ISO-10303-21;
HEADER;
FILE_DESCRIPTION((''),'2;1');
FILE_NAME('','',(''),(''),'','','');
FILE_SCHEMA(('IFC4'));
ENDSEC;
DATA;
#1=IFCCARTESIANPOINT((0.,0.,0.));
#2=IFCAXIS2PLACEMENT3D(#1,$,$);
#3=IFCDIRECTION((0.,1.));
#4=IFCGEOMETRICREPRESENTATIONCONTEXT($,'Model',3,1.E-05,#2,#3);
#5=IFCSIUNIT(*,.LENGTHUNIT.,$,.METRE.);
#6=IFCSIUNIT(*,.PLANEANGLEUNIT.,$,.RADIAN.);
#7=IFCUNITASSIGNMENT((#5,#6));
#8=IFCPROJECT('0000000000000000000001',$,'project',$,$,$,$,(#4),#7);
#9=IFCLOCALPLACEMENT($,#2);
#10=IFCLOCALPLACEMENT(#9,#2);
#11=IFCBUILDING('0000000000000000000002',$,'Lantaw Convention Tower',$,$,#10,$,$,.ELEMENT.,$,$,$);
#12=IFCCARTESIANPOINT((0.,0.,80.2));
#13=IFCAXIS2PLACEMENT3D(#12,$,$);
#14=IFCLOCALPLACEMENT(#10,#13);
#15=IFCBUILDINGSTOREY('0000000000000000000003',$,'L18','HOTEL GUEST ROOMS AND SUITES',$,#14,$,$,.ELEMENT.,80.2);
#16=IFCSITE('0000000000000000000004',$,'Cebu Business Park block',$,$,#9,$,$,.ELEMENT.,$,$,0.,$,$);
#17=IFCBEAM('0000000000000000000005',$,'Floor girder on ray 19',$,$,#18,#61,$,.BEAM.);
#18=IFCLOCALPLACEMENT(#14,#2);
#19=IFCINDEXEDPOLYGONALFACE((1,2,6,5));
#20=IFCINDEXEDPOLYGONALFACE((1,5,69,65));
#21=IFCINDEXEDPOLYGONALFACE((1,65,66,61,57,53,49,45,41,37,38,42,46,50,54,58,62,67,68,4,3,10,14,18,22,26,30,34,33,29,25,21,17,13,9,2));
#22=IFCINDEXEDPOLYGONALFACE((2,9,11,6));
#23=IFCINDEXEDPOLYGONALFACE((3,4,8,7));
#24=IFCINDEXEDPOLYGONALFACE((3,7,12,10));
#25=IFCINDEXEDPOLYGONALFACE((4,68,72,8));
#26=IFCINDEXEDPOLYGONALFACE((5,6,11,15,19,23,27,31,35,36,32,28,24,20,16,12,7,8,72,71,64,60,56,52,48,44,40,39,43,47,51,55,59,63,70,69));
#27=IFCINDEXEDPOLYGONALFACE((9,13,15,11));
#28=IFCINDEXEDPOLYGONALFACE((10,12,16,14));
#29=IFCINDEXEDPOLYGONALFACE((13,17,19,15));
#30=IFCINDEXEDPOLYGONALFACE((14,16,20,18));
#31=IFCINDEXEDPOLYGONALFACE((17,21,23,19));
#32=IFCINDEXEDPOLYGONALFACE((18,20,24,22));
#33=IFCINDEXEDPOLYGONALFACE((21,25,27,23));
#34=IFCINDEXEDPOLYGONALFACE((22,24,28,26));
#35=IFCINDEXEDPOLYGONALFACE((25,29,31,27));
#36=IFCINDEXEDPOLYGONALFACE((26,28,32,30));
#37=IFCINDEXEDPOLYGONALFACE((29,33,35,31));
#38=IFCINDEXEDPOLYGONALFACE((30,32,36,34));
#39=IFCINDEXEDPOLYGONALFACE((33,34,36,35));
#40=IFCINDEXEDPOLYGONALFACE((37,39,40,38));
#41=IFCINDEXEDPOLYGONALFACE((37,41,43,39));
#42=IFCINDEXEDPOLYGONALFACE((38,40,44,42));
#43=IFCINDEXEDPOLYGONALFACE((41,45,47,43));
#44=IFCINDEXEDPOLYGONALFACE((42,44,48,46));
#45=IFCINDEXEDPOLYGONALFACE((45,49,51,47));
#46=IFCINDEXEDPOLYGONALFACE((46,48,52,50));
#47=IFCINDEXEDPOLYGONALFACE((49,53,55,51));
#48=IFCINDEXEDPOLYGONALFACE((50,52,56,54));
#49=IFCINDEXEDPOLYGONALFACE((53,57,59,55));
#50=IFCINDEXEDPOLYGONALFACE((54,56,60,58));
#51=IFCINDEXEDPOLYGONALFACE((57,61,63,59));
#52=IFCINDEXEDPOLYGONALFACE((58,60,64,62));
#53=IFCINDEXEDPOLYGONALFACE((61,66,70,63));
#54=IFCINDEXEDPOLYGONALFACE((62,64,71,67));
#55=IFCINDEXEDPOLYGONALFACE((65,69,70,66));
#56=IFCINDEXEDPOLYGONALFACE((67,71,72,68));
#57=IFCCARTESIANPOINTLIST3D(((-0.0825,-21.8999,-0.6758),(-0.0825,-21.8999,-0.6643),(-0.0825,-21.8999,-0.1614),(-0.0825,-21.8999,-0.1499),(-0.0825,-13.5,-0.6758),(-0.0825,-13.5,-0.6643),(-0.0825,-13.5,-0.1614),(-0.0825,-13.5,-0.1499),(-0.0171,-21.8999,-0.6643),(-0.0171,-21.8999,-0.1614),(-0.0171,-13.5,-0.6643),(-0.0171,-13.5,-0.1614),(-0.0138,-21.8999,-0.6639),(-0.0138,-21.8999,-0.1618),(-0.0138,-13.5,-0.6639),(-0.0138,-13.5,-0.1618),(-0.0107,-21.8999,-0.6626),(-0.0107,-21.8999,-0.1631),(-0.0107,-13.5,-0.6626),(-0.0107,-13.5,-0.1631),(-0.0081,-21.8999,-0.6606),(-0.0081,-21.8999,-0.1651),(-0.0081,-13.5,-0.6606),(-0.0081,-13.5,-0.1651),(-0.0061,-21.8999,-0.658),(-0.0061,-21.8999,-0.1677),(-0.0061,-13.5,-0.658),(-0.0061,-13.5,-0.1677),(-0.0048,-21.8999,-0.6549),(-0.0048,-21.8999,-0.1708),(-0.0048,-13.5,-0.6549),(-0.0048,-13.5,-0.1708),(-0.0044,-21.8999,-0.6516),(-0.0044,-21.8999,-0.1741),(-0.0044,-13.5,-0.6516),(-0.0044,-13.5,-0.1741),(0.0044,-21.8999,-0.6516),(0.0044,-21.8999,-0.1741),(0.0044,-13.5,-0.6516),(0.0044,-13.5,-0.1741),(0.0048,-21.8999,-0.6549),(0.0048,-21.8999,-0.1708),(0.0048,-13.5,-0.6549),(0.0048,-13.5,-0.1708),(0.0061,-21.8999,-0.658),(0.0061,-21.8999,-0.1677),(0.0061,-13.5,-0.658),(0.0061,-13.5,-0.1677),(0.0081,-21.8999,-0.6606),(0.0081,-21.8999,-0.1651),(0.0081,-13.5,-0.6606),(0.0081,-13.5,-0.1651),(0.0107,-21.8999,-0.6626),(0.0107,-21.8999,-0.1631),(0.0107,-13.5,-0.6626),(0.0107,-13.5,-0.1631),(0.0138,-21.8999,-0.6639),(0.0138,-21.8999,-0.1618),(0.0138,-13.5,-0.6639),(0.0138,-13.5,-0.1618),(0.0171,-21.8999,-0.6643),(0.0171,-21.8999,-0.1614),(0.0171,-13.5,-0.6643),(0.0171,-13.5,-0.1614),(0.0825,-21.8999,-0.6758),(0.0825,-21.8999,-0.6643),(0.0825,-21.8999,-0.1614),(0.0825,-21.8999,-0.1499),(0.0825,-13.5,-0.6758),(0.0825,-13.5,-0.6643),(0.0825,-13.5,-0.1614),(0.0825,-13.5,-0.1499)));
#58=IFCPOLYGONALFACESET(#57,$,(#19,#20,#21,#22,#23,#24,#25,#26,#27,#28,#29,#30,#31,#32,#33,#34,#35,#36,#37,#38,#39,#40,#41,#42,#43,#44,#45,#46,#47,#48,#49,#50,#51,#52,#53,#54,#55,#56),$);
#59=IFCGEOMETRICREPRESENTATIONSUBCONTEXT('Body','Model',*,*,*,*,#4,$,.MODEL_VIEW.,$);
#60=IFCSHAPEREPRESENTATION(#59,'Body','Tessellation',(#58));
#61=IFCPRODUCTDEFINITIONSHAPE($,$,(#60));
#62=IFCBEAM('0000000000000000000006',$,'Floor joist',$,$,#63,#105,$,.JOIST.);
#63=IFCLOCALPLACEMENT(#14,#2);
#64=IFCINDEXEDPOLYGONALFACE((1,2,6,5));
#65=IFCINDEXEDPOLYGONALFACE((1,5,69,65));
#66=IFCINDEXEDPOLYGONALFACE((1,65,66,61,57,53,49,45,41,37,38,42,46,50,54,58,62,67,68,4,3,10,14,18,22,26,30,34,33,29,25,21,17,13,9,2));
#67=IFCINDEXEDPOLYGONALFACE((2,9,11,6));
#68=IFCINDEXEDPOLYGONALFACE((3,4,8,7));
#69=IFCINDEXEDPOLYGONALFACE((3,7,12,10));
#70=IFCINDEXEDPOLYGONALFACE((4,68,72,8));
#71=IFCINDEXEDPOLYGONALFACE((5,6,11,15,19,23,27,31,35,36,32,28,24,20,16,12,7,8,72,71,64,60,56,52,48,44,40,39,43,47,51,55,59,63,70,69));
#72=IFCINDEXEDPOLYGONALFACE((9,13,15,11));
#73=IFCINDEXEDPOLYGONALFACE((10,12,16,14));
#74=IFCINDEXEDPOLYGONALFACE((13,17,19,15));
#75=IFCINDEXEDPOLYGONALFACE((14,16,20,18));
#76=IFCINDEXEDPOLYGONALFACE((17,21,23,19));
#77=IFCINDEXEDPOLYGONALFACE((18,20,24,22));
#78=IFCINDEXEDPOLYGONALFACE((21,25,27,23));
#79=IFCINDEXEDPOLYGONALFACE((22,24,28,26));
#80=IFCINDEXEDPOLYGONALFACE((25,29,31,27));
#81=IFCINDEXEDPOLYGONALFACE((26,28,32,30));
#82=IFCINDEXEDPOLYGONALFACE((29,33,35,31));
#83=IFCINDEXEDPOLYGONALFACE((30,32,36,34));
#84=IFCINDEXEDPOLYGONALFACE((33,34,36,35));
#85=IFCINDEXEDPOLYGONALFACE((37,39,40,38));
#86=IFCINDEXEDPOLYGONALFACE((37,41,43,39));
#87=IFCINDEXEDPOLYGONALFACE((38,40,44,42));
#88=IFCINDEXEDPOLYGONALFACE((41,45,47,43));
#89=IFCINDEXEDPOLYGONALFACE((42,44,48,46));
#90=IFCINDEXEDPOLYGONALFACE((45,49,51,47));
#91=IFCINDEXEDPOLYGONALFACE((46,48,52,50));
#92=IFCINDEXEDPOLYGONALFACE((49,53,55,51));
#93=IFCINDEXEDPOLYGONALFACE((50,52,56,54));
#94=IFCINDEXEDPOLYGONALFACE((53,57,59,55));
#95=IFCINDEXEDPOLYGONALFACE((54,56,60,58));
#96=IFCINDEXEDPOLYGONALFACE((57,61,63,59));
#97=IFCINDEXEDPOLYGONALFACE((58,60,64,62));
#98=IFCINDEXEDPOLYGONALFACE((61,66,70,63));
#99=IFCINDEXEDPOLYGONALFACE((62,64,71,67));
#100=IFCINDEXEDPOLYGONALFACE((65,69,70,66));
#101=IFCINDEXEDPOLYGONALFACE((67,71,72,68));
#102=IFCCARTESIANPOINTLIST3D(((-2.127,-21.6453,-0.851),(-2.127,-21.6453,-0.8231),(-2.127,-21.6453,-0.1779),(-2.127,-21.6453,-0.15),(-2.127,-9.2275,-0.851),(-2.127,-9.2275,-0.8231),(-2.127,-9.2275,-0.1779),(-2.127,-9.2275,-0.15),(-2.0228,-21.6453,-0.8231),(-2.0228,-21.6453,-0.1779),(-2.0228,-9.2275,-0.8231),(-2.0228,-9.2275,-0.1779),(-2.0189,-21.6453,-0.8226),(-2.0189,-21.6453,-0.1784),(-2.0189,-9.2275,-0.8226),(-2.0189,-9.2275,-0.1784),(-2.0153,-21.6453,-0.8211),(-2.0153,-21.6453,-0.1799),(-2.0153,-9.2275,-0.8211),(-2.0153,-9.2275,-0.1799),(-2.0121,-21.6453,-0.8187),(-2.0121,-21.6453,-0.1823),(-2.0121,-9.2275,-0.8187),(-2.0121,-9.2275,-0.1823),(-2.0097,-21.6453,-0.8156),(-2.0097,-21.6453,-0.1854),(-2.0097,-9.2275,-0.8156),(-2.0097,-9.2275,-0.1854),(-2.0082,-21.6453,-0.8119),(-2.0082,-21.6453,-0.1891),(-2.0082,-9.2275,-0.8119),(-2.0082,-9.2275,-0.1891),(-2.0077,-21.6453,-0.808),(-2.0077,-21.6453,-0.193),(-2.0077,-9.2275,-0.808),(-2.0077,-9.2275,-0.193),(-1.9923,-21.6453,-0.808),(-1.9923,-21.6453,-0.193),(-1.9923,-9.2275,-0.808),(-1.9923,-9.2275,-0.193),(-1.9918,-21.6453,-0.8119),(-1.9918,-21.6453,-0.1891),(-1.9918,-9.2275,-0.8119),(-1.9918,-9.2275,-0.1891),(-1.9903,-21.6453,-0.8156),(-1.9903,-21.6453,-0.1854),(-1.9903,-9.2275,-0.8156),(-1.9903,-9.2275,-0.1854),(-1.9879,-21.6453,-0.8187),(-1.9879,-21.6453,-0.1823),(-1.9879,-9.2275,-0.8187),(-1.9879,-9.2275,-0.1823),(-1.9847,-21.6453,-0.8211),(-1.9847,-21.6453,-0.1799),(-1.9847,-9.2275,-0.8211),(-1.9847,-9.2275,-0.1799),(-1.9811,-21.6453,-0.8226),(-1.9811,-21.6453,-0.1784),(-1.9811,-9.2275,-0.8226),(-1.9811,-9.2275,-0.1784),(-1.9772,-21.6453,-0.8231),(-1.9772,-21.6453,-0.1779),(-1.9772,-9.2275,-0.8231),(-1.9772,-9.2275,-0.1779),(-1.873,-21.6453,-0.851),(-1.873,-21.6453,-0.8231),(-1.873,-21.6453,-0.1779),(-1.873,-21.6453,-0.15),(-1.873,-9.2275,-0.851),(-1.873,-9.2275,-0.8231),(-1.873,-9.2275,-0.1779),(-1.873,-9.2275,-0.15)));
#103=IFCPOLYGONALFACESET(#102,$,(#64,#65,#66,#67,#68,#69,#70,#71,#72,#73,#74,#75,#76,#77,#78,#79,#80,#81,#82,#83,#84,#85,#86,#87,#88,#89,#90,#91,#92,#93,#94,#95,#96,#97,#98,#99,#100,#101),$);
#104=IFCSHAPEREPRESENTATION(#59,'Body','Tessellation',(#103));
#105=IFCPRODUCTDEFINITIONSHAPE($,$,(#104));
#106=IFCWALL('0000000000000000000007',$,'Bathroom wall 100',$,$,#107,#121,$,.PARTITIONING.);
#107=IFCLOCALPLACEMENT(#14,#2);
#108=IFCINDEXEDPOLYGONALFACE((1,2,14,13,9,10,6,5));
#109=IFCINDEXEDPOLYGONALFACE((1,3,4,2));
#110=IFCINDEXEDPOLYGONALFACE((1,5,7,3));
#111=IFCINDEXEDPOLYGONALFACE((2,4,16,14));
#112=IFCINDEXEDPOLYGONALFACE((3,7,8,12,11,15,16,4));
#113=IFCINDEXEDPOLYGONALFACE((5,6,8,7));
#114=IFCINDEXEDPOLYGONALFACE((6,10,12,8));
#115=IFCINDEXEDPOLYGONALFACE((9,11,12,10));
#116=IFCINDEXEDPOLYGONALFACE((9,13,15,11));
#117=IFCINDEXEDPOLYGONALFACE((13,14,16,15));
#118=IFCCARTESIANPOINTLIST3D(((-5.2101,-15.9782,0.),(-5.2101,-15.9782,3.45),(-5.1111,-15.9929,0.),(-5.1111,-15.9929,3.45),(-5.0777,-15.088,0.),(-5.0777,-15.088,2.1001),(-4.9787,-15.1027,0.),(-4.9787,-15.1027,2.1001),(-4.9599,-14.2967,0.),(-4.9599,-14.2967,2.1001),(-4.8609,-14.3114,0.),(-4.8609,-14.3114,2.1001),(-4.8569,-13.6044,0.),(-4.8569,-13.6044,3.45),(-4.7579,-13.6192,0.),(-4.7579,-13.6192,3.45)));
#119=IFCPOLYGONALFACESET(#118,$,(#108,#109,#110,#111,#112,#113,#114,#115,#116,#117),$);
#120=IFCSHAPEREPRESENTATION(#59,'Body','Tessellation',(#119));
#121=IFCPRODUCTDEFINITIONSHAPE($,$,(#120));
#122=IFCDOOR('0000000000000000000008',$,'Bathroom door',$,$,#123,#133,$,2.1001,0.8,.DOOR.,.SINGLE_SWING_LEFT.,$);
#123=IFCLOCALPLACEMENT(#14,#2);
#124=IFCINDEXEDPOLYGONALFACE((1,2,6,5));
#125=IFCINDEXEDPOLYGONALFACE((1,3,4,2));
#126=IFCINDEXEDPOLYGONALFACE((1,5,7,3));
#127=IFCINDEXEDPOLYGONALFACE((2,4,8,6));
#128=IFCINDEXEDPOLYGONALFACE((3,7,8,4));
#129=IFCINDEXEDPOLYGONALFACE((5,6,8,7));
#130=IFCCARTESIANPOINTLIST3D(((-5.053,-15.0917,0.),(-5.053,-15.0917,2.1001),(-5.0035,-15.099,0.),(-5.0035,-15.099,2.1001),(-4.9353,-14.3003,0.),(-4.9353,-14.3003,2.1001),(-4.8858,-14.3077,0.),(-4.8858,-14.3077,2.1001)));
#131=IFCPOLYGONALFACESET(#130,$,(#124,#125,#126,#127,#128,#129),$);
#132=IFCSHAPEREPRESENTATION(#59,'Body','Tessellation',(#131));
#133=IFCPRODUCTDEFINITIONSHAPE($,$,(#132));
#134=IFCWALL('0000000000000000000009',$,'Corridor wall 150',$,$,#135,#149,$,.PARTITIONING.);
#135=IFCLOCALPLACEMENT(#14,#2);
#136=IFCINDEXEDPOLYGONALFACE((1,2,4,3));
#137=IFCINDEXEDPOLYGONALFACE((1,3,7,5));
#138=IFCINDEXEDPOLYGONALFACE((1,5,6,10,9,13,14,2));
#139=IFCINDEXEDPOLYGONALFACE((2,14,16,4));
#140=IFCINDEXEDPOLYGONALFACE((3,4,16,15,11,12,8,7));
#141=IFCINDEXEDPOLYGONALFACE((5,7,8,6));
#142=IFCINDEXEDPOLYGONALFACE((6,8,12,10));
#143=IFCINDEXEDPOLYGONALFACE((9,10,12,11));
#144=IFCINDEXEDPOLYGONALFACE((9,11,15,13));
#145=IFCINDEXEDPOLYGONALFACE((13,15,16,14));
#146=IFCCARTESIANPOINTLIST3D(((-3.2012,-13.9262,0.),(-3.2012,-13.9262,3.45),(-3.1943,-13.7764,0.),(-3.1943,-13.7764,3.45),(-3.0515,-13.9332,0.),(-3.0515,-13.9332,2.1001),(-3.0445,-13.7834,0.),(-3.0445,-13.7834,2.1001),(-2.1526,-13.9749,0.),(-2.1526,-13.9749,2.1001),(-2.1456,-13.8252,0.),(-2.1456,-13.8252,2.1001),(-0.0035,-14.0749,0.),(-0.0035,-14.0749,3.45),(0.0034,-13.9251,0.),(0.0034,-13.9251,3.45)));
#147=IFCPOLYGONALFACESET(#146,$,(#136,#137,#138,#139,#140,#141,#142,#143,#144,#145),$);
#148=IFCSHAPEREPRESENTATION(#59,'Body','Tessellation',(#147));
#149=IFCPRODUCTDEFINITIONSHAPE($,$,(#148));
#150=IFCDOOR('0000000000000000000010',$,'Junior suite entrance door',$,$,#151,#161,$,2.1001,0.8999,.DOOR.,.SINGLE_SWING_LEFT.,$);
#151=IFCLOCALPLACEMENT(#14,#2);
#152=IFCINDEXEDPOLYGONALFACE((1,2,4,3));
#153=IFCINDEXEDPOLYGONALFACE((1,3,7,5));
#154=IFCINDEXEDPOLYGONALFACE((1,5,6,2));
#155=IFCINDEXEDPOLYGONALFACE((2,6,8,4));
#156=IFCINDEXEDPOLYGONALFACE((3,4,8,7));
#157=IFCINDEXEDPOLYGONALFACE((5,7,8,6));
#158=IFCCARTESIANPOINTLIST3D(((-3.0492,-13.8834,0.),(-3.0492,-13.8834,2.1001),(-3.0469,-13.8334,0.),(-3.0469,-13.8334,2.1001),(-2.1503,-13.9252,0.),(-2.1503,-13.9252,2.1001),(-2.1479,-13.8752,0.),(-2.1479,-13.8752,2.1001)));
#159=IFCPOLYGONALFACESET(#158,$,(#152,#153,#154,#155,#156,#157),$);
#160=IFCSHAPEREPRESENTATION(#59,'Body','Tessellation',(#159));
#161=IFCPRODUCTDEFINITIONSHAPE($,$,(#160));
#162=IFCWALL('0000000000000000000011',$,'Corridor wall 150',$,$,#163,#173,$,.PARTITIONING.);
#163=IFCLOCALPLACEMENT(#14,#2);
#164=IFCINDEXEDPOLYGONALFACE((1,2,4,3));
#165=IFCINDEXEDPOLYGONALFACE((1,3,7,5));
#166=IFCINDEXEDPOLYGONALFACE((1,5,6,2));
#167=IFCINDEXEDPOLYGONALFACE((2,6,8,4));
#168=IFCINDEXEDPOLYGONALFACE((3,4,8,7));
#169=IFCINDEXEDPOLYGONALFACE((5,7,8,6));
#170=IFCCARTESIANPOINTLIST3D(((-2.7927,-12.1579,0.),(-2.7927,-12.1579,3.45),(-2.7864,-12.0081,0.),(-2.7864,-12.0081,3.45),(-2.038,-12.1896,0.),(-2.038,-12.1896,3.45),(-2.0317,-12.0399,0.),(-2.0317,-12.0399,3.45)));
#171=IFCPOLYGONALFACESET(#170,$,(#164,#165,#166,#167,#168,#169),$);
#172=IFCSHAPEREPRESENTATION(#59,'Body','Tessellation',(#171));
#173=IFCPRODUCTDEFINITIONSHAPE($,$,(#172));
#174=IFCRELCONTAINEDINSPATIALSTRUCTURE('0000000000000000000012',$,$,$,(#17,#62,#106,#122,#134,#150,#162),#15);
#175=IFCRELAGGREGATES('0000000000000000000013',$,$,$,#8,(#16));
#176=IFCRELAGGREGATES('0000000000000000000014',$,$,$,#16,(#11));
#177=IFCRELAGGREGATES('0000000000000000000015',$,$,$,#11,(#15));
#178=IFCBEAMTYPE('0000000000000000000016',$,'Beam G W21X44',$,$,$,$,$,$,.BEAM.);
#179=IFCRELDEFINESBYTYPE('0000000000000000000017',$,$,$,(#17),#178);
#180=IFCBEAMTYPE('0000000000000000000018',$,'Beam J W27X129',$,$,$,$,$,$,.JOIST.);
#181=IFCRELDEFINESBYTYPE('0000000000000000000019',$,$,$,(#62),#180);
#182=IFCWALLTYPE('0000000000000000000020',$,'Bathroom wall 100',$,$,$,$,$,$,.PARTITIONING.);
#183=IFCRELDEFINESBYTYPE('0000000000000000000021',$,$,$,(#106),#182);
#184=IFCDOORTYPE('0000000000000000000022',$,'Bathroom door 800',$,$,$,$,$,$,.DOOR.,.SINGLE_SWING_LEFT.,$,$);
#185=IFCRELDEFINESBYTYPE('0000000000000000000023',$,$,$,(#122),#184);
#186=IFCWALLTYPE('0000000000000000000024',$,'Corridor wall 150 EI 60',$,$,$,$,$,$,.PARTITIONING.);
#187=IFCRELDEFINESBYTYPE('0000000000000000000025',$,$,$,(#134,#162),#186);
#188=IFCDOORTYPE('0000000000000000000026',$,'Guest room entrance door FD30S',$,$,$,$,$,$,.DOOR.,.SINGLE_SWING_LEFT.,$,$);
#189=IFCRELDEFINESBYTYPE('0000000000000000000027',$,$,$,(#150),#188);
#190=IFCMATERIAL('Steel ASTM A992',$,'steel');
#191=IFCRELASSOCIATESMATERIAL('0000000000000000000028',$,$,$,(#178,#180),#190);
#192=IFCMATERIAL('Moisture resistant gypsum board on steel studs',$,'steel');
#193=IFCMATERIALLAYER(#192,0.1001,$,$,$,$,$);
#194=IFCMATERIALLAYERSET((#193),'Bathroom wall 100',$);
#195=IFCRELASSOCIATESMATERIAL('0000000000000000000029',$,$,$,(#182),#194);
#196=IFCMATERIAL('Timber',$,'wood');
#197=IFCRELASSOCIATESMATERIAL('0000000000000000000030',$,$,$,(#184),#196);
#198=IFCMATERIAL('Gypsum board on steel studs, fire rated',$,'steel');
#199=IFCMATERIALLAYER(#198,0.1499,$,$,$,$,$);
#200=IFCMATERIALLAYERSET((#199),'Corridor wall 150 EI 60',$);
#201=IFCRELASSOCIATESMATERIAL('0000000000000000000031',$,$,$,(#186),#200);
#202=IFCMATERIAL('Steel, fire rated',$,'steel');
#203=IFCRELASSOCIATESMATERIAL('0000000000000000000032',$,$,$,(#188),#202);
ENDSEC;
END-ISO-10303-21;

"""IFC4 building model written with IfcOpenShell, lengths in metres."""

from ifc_helpers import new_model, si_unit, direction, frame, frame_2d, origin, origin_2d, place, context, subcontext, project, spatial, rectangle, i_section, extrude, material, layer, layer_set, material_profile, profile_set, type_object, element, fill, save


model = new_model("IFC4")

# Units and contexts
model_context = context("Model", 3, precision=1e-05, world=origin(), true_north=direction((0.0, 1.0)))
body_context = subcontext(model_context, "Body", "Model", "MODEL_VIEW")
ifc_project = project(units=[si_unit("LENGTHUNIT", "METRE"), si_unit("PLANEANGLEUNIT", "RADIAN")], contexts=[model_context])

# Site, building, storey
site_placement = place(None, origin())
site = spatial("IfcSite", under=ifc_project, at=site_placement, Name="Cebu Business Park block", CompositionType="ELEMENT", RefElevation=0.0)
building_placement = place(site_placement, origin())
building = spatial("IfcBuilding", under=site, at=building_placement, Name="Lantaw Convention Tower", CompositionType="ELEMENT")
storey_placement = place(building_placement, frame((0.0, 0.0, 80.2)))
storey = spatial("IfcBuildingStorey", under=building, at=storey_placement, Name="L18", Description="HOTEL GUEST ROOMS AND SUITES", CompositionType="ELEMENT", Elevation=80.2)

# Beams
ifc_material_1 = material(Name="Steel ASTM A992", Category="steel")
ifc_material_profile_1 = material_profile(ifc_material_1, i_section(OverallWidth=0.165, OverallDepth=0.5259, WebThickness=0.0088, FlangeThickness=0.0115, FilletRadius=0.0127, at=origin_2d()), Name="W21X44")
ifc_profile_set_1 = profile_set([ifc_material_profile_1], Name="Steel ASTM A992")
beam_type_1 = type_object("IfcBeamType", Name="Beam G W21X44", PredefinedType="BEAM", material=ifc_profile_set_1)
beam_1_placement = place(storey_placement, frame((0.0, -13.5, -0.4128), z_axis=(0.0, -1.0, 0.0), x_axis=(1.0, 0.0, 0.0)))
element("IfcBeam", 1, at=beam_1_placement, inside=storey, type_object=beam_type_1, Name="Floor girder on ray 19", PredefinedType="BEAM", context=body_context, shape_type="SweptSolid", body=[
    extrude(i_section(OverallWidth=0.165, OverallDepth=0.5259, WebThickness=0.0088, FlangeThickness=0.0115, FilletRadius=0.0127, at=origin_2d()), origin(), (0.0, 0.0, 1.0), 8.3999),
])
ifc_material_profile_2 = material_profile(ifc_material_1, i_section(OverallWidth=0.2539, OverallDepth=0.7009, WebThickness=0.0154, FlangeThickness=0.0278, FilletRadius=0.0151, at=origin_2d()), Name="W27X129")
ifc_profile_set_2 = profile_set([ifc_material_profile_2], Name="Steel ASTM A992")
beam_type_2 = type_object("IfcBeamType", Name="Beam J W27X129", PredefinedType="JOIST", material=ifc_profile_set_2)
beam_2_placement = place(storey_placement, frame((-2.0, -21.6453, -0.5005), z_axis=(0.0, 1.0, 0.0), x_axis=(-1.0, 0.0, 0.0)))
element("IfcBeam", 2, at=beam_2_placement, inside=storey, type_object=beam_type_2, Name="Floor joist", PredefinedType="JOIST", context=body_context, shape_type="SweptSolid", body=[
    extrude(i_section(OverallWidth=0.2539, OverallDepth=0.7009, WebThickness=0.0154, FlangeThickness=0.0278, FilletRadius=0.0151, at=origin_2d()), origin(), (0.0, 0.0, 1.0), 12.4177),
])

# Walls, openings, doors
ifc_material_2 = material(Name="Moisture resistant gypsum board on steel studs", Category="steel")
ifc_layer_1 = layer(ifc_material_2, 0.1001)
ifc_layer_set_1 = layer_set([ifc_layer_1], Name="Bathroom wall 100")
wall_type_1 = type_object("IfcWallType", Name="Bathroom wall 100", PredefinedType="PARTITIONING", material=ifc_layer_set_1)
wall_1_placement = place(storey_placement, frame((-4.8074, -13.6118, 0.0), z_axis=(0.0, 0.0, 1.0), x_axis=(-0.147201, -0.989107, 0.0)))
wall_1 = element("IfcWall", 3, at=wall_1_placement, inside=storey, type_object=wall_type_1, Name="Bathroom wall 100", PredefinedType="PARTITIONING", context=body_context, shape_type="SweptSolid", body=[
    extrude(rectangle(XDim=2.3999, YDim=0.1001, at=frame_2d((1.2, 0.0))), origin(), (0.0, 0.0, 1.0), 3.45),
])
opening_1_placement = place(wall_1_placement, frame((0.7, 0.0, 0.0)))
opening_1 = element("IfcOpeningElement", 4, at=opening_1_placement, cuts=wall_1, PredefinedType="OPENING", context=body_context, shape_type="SweptSolid", body=[
    extrude(rectangle(XDim=0.8, YDim=2.1001, at=frame_2d((0.3999, 1.05))), frame((0.0, 0.0601, 0.0), z_axis=(0.0, -1.0, 0.0), x_axis=(1.0, 0.0, 0.0)), (0.0, 0.0, 1.0), 0.1201),
])
ifc_material_3 = material(Name="Timber", Category="wood")
door_type_1 = type_object("IfcDoorType", Name="Bathroom door 800", OperationType="SINGLE_SWING_LEFT", PredefinedType="DOOR", material=ifc_material_3)
door_1_placement = place(opening_1_placement, origin())
door_1 = element("IfcDoor", 5, at=door_1_placement, inside=storey, type_object=door_type_1, Name="Bathroom door", OperationType="SINGLE_SWING_LEFT", OverallHeight=2.1001, OverallWidth=0.8, PredefinedType="DOOR", context=body_context, shape_type="SweptSolid", body=[
    extrude(rectangle(XDim=0.8, YDim=2.1001, at=frame_2d((0.3999, 1.05))), frame((0.0, 0.0249, 0.0), z_axis=(0.0, -1.0, 0.0), x_axis=(1.0, 0.0, 0.0)), (0.0, 0.0, 1.0), 0.05),
])
fill(opening_1, door_1)
ifc_material_4 = material(Name="Gypsum board on steel studs, fire rated", Category="steel")
ifc_layer_2 = layer(ifc_material_4, 0.1499)
ifc_layer_set_2 = layer_set([ifc_layer_2], Name="Corridor wall 150 EI 60")
wall_type_2 = type_object("IfcWallType", Name="Corridor wall 150 EI 60", PredefinedType="PARTITIONING", material=ifc_layer_set_2)
wall_2_placement = place(storey_placement, frame((-3.1978, -13.8513, 0.0), z_axis=(0.0, 0.0, 1.0), x_axis=(0.998921, -0.046445, 0.0)))
wall_2 = element("IfcWall", 6, at=wall_2_placement, inside=storey, type_object=wall_type_2, Name="Corridor wall 150", PredefinedType="PARTITIONING", context=body_context, shape_type="SweptSolid", body=[
    extrude(rectangle(XDim=3.2012, YDim=0.1499, at=frame_2d((1.6006, 0.0))), origin(), (0.0, 0.0, 1.0), 3.45),
])
opening_2_placement = place(wall_2_placement, frame((0.1499, 0.0, 0.0)))
opening_2 = element("IfcOpeningElement", 7, at=opening_2_placement, cuts=wall_2, PredefinedType="OPENING", context=body_context, shape_type="SweptSolid", body=[
    extrude(rectangle(XDim=0.8999, YDim=2.1001, at=frame_2d((0.45, 1.05))), frame((0.0, 0.085, 0.0), z_axis=(0.0, -1.0, 0.0), x_axis=(1.0, 0.0, 0.0)), (0.0, 0.0, 1.0), 0.1699),
])
ifc_material_5 = material(Name="Steel, fire rated", Category="steel")
door_type_2 = type_object("IfcDoorType", Name="Guest room entrance door FD30S", OperationType="SINGLE_SWING_LEFT", PredefinedType="DOOR", material=ifc_material_5)
door_2_placement = place(opening_2_placement, origin())
door_2 = element("IfcDoor", 8, at=door_2_placement, inside=storey, type_object=door_type_2, Name="Junior suite entrance door", OperationType="SINGLE_SWING_LEFT", OverallHeight=2.1001, OverallWidth=0.8999, PredefinedType="DOOR", context=body_context, shape_type="SweptSolid", body=[
    extrude(rectangle(XDim=0.8999, YDim=2.1001, at=frame_2d((0.45, 1.05))), frame((0.0, 0.0249, 0.0), z_axis=(0.0, -1.0, 0.0), x_axis=(1.0, 0.0, 0.0)), (0.0, 0.0, 1.0), 0.05),
])
fill(opening_2, door_2)

# Wall
wall_3_placement = place(storey_placement, frame((-2.7896, -12.083, 0.0), z_axis=(0.0, 0.0, 1.0), x_axis=(0.999117, -0.04202, 0.0)))
element("IfcWall", 9, at=wall_3_placement, inside=storey, type_object=wall_type_2, Name="Corridor wall 150", PredefinedType="PARTITIONING", context=body_context, shape_type="SweptSolid", body=[
    extrude(rectangle(XDim=0.7554, YDim=0.1499, at=frame_2d((0.3777, 0.0))), origin(), (0.0, 0.0, 1.0), 3.45),
])

save(model, "model.ifc")
